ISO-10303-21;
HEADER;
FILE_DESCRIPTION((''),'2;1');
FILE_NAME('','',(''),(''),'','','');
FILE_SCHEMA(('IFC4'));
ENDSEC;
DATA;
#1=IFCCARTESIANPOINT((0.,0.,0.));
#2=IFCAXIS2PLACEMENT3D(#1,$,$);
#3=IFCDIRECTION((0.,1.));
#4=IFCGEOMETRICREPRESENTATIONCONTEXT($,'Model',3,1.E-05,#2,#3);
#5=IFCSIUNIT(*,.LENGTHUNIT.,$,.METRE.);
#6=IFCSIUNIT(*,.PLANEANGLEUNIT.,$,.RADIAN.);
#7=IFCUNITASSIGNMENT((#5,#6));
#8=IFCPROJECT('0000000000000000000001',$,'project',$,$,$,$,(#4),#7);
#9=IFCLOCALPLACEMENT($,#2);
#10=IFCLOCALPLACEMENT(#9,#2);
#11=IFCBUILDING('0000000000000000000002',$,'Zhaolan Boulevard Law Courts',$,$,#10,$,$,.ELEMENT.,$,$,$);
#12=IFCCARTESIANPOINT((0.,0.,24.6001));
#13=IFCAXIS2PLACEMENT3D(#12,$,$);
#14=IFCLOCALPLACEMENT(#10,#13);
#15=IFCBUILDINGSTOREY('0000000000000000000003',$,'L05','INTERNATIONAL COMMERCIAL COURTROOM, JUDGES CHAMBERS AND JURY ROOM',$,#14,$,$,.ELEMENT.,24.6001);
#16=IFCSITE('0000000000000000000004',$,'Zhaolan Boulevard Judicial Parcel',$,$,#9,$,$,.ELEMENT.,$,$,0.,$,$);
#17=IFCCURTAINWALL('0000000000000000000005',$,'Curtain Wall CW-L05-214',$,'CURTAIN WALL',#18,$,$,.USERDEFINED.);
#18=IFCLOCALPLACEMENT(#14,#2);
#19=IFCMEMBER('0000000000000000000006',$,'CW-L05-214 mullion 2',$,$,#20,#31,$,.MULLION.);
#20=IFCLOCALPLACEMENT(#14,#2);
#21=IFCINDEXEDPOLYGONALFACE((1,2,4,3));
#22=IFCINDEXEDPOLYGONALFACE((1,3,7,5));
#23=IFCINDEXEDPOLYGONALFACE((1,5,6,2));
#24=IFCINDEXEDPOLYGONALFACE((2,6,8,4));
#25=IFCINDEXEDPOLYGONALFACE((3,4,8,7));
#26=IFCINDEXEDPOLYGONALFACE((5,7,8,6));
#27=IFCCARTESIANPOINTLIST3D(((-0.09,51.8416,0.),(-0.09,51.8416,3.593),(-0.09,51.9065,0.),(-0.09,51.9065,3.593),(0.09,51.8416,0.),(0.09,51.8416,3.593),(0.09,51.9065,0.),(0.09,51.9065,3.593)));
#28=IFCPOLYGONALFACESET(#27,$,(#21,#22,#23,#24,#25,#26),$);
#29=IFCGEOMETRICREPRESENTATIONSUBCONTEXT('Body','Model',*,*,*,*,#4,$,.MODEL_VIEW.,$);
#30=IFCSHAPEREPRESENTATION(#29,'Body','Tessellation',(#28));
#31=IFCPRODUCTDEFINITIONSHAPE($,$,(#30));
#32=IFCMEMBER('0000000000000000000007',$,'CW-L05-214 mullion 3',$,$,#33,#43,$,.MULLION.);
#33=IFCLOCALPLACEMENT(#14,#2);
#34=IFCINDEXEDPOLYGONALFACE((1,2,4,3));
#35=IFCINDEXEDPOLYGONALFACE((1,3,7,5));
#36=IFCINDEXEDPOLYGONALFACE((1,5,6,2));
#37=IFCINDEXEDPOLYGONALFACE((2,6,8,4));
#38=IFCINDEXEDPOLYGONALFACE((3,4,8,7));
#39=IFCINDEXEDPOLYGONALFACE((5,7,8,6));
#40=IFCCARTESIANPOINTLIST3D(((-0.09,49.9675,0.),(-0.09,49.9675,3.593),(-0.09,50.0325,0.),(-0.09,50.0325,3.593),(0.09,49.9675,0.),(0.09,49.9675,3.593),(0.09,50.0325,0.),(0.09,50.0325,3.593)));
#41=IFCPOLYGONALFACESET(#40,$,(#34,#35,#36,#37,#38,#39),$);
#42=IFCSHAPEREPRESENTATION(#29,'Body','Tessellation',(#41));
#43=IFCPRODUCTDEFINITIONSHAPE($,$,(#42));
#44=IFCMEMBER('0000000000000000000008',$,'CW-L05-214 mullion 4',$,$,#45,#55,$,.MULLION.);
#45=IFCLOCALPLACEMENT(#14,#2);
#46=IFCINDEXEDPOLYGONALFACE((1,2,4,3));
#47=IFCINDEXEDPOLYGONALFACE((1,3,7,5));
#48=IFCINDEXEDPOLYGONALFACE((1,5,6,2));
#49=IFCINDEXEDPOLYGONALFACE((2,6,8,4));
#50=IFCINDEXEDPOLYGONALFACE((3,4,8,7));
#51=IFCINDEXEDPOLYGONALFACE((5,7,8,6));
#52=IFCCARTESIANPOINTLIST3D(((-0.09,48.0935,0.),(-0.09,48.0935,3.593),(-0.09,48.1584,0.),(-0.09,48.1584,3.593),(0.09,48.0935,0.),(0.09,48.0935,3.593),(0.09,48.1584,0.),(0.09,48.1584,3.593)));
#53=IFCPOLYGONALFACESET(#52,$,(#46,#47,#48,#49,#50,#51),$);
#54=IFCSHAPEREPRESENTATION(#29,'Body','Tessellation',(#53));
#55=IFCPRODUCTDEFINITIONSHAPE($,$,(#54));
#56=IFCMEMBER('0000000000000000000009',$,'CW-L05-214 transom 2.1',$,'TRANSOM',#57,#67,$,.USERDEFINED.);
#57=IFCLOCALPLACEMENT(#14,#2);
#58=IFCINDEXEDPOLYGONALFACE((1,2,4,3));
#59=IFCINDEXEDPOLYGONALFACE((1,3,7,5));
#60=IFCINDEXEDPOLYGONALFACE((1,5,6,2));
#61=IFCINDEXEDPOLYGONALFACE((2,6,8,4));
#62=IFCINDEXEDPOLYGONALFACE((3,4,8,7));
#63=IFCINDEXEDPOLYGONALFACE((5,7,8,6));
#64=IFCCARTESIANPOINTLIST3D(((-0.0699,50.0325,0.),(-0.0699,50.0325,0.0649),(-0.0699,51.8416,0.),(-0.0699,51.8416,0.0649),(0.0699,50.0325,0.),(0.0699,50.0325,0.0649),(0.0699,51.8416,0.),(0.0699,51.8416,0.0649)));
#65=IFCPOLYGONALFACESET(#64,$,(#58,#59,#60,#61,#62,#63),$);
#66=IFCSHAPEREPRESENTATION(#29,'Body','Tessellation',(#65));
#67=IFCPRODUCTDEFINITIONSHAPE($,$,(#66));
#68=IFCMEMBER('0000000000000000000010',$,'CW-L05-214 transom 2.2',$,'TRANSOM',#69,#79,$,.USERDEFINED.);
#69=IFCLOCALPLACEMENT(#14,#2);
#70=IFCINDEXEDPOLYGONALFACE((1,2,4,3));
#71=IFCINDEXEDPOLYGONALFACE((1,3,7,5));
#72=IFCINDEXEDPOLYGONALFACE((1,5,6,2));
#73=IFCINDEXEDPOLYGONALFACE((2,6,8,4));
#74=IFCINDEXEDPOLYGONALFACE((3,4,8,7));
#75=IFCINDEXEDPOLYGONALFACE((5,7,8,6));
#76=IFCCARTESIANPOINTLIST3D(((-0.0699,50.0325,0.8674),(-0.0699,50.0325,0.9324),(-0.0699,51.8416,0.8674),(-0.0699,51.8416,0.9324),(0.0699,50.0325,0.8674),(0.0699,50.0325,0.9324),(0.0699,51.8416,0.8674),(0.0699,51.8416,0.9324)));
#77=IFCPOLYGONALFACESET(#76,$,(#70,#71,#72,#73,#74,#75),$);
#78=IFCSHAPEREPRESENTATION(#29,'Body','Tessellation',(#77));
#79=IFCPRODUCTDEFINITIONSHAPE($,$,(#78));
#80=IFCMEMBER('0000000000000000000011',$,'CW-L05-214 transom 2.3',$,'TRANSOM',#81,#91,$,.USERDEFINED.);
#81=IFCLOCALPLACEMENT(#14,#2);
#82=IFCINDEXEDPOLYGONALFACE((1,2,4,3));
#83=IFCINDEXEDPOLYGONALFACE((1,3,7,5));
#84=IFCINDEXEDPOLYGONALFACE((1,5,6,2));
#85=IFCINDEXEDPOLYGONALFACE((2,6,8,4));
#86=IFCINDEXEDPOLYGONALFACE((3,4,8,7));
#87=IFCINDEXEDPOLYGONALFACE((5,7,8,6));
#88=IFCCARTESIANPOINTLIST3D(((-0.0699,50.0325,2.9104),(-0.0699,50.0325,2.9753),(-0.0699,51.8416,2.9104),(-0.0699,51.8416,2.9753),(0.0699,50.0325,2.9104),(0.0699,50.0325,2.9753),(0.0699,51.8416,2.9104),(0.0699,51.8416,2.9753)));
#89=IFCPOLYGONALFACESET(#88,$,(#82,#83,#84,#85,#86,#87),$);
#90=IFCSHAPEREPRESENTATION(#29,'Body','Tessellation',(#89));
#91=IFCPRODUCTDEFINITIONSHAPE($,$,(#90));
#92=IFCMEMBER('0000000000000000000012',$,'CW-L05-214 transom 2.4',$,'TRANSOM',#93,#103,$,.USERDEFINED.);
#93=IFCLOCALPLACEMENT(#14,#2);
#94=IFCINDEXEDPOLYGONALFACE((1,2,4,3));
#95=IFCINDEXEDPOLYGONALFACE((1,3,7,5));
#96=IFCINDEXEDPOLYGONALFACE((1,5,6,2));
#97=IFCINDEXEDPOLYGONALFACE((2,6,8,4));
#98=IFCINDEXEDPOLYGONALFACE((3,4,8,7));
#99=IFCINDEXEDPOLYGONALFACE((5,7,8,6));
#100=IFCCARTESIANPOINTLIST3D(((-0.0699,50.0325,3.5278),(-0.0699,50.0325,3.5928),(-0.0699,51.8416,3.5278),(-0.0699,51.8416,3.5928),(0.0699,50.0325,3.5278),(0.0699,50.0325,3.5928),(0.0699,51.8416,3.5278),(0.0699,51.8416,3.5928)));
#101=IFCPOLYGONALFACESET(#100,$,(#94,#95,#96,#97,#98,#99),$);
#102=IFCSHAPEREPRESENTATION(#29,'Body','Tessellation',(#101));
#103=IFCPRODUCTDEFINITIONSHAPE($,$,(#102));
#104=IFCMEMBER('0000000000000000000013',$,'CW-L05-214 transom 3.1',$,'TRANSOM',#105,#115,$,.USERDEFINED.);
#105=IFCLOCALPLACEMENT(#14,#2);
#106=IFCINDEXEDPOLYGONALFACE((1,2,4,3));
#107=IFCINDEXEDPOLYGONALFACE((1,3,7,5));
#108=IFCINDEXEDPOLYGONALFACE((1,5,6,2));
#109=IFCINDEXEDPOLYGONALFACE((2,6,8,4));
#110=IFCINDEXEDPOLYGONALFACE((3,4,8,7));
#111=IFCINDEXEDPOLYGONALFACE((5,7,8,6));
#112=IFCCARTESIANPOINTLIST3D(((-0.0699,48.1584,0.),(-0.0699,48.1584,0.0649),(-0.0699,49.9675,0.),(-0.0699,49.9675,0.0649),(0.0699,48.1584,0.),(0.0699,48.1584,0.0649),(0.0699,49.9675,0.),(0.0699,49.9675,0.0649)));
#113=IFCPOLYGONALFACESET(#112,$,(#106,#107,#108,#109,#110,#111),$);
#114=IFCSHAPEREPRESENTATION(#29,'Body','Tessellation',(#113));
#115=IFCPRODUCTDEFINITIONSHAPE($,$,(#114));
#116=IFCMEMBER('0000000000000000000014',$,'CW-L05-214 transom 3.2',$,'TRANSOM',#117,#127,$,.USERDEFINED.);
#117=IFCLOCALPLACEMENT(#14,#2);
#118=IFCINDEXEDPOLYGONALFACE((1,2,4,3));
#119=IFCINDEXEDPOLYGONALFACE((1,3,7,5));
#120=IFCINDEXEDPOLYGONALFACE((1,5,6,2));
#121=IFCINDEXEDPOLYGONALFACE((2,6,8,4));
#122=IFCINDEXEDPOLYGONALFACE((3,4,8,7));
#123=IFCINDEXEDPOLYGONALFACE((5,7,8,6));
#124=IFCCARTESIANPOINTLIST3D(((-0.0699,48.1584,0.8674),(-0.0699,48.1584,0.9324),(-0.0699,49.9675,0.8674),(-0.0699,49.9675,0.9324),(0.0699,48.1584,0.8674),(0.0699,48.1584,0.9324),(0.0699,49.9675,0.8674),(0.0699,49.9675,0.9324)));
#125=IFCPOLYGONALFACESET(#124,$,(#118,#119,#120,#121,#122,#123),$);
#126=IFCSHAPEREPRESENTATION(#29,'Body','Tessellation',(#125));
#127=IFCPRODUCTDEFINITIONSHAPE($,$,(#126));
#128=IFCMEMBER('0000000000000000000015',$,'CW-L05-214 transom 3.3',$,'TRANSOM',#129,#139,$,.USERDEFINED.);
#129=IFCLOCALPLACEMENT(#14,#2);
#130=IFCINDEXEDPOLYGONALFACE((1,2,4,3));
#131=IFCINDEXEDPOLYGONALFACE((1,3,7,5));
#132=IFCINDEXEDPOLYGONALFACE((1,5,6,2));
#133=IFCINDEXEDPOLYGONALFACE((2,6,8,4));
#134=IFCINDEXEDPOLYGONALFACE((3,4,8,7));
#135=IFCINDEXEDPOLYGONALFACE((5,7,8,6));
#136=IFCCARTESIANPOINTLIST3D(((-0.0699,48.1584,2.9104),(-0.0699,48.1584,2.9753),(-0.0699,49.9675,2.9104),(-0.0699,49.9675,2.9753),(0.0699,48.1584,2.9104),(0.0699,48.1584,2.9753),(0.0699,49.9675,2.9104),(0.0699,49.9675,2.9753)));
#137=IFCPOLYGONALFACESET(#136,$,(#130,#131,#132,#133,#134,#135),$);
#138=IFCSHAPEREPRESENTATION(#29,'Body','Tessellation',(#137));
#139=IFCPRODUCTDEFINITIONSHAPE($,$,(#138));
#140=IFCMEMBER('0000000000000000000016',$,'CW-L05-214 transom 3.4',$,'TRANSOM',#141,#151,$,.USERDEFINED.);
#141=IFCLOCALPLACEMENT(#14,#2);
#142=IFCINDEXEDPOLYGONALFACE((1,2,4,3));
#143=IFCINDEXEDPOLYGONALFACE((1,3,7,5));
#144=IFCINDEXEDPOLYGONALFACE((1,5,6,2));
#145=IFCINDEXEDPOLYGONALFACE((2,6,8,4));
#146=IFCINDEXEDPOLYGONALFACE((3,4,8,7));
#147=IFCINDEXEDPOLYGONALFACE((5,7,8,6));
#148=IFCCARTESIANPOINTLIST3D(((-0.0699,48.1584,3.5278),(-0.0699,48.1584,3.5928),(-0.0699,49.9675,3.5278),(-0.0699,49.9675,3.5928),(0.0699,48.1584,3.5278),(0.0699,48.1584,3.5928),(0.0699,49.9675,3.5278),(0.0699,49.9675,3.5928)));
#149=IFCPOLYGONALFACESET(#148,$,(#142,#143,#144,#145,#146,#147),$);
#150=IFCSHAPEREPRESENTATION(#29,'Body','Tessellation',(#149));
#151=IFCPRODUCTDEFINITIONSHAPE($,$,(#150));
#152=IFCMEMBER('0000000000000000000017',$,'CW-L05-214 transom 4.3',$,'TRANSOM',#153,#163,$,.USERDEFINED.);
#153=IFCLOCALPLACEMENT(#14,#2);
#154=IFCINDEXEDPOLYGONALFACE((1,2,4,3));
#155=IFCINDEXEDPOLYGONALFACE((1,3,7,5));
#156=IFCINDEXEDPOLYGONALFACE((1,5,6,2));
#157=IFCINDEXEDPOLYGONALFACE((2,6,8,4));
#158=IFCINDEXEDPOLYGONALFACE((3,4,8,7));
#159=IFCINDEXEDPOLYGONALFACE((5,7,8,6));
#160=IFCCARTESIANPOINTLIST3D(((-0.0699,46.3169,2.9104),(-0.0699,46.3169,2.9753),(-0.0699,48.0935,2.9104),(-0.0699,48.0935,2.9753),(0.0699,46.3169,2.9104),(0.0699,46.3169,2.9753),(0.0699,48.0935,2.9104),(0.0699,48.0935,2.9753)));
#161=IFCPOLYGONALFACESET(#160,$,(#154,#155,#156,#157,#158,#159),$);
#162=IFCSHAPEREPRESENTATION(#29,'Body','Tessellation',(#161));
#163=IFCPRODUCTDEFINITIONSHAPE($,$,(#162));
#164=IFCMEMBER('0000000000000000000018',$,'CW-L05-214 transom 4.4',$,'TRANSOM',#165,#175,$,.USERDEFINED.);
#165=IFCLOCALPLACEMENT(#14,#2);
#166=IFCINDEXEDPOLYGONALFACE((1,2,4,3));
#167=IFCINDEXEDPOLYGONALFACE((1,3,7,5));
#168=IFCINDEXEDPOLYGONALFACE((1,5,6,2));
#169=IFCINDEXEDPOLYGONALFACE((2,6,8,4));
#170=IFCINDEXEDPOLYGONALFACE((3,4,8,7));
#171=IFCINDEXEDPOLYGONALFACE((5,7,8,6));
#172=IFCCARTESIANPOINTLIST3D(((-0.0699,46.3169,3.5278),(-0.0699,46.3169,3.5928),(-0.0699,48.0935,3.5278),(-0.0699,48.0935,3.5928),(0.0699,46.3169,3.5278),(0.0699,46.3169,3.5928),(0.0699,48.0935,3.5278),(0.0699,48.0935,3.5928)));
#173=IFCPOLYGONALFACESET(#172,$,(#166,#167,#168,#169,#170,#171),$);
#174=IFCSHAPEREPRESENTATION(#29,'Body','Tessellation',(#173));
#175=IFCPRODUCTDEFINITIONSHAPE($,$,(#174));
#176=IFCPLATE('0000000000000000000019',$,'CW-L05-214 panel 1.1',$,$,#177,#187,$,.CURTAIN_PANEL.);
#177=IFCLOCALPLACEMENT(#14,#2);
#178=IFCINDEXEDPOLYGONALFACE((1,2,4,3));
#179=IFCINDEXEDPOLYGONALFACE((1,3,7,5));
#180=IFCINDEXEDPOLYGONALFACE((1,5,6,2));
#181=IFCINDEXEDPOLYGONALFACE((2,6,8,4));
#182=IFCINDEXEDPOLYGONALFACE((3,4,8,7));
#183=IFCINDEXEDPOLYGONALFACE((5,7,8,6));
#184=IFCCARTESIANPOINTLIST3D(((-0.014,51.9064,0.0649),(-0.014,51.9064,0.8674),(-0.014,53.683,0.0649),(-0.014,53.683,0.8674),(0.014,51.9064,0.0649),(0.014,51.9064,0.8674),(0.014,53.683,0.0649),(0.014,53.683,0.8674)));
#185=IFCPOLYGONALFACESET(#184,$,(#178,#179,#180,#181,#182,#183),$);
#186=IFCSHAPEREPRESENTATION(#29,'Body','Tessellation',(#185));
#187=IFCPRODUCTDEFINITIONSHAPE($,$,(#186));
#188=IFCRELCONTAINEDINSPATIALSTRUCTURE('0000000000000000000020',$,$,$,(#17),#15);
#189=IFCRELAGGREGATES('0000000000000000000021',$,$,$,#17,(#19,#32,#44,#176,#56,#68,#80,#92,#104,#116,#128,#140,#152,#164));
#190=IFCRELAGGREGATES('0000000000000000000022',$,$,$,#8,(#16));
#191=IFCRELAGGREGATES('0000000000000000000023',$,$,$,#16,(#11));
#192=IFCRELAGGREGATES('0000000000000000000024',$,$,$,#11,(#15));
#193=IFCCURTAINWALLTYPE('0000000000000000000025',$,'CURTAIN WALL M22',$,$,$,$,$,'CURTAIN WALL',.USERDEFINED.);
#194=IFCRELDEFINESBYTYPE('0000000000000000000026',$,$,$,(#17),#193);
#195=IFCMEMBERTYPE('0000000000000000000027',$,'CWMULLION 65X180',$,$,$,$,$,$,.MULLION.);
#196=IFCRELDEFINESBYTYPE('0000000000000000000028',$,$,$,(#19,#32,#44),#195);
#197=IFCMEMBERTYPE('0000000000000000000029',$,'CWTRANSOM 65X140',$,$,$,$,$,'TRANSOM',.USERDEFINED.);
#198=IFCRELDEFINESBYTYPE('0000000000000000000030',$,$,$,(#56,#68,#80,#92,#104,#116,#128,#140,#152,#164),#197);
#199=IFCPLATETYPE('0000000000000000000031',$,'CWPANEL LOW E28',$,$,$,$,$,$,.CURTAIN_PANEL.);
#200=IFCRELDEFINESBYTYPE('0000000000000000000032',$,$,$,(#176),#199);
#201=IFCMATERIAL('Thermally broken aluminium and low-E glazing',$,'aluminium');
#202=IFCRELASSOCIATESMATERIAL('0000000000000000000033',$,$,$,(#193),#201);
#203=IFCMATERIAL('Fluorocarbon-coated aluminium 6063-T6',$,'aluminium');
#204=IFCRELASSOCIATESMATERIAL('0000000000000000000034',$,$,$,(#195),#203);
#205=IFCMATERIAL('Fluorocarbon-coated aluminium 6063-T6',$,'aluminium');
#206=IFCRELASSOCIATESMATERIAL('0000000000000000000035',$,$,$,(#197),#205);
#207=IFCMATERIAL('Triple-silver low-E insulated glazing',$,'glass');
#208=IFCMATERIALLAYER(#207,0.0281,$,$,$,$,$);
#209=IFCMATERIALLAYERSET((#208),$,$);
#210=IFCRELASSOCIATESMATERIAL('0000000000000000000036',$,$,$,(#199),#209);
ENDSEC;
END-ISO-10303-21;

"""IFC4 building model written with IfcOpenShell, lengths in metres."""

from ifc_helpers import new_model, si_unit, direction, frame, origin, origin_2d, place, context, subcontext, project, spatial, rectangle, extrude, material, layer, layer_set, material_profile, profile_set, type_object, element, aggregate, save


model = new_model("IFC4")

# Units and contexts
model_context = context("Model", 3, precision=1e-05, world=origin(), true_north=direction((0.0, 1.0)))
body_context = subcontext(model_context, "Body", "Model", "MODEL_VIEW")
ifc_project = project(units=[si_unit("LENGTHUNIT", "METRE"), si_unit("PLANEANGLEUNIT", "RADIAN")], contexts=[model_context])

# Site, building, storey
site_placement = place(None, origin())
site = spatial("IfcSite", under=ifc_project, at=site_placement, Name="Zhaolan Boulevard Judicial Parcel", CompositionType="ELEMENT", RefElevation=0.0)
building_placement = place(site_placement, origin())
building = spatial("IfcBuilding", under=site, at=building_placement, Name="Zhaolan Boulevard Law Courts", CompositionType="ELEMENT")
storey_placement = place(building_placement, frame((0.0, 0.0, 24.6001)))
storey = spatial("IfcBuildingStorey", under=building, at=storey_placement, Name="L05", Description="INTERNATIONAL COMMERCIAL COURTROOM, JUDGES CHAMBERS AND JURY ROOM", CompositionType="ELEMENT", Elevation=24.6001)

# Curtain wall, members, plate
ifc_material_1 = material(Name="Thermally broken aluminium and low-E glazing", Category="aluminium")
curtain_wall_type = type_object("IfcCurtainWallType", Name="CURTAIN WALL M22", ElementType="CURTAIN WALL", PredefinedType="USERDEFINED", material=ifc_material_1)
curtain_wall_placement = place(storey_placement, origin())
curtain_wall = element("IfcCurtainWall", 1, at=curtain_wall_placement, inside=storey, type_object=curtain_wall_type, Name="Curtain Wall CW-L05-214", ObjectType="CURTAIN WALL", PredefinedType="USERDEFINED")
ifc_material_2 = material(Name="Fluorocarbon-coated aluminium 6063-T6", Category="aluminium")
ifc_material_profile_1 = material_profile(ifc_material_2, rectangle(XDim=0.1799, YDim=0.0649, at=origin_2d()), Name="AL65x180")
ifc_profile_set_1 = profile_set([ifc_material_profile_1], Name="Fluorocarbon-coated aluminium 6063-T6")
member_type_1 = type_object("IfcMemberType", Name="CWMULLION 65X180", PredefinedType="MULLION", material=ifc_profile_set_1)
member_1_placement = place(storey_placement, frame((0.0, 51.874, 0.0), z_axis=(0.0, 0.0, 1.0), x_axis=(1.0, 0.0, 0.0)))
member_1 = element("IfcMember", 2, at=member_1_placement, type_object=member_type_1, Name="CW-L05-214 mullion 2", PredefinedType="MULLION", context=body_context, shape_type="SweptSolid", body=[
    extrude(rectangle(XDim=0.1799, YDim=0.0649, at=origin_2d()), origin(), (0.0, 0.0, 1.0), 3.593),
])
member_2_placement = place(storey_placement, frame((0.0, 50.0, 0.0), z_axis=(0.0, 0.0, 1.0), x_axis=(1.0, 0.0, 0.0)))
member_2 = element("IfcMember", 3, at=member_2_placement, type_object=member_type_1, Name="CW-L05-214 mullion 3", PredefinedType="MULLION", context=body_context, shape_type="SweptSolid", body=[
    extrude(rectangle(XDim=0.1799, YDim=0.0649, at=origin_2d()), origin(), (0.0, 0.0, 1.0), 3.593),
])
member_3_placement = place(storey_placement, frame((0.0, 48.126, 0.0), z_axis=(0.0, 0.0, 1.0), x_axis=(1.0, 0.0, 0.0)))
member_3 = element("IfcMember", 4, at=member_3_placement, type_object=member_type_1, Name="CW-L05-214 mullion 4", PredefinedType="MULLION", context=body_context, shape_type="SweptSolid", body=[
    extrude(rectangle(XDim=0.1799, YDim=0.0649, at=origin_2d()), origin(), (0.0, 0.0, 1.0), 3.593),
])
ifc_material_3 = material(Name="Fluorocarbon-coated aluminium 6063-T6", Category="aluminium")
ifc_material_profile_2 = material_profile(ifc_material_3, rectangle(XDim=0.1399, YDim=0.0649, at=origin_2d()), Name="AL65x140")
ifc_profile_set_2 = profile_set([ifc_material_profile_2], Name="Fluorocarbon-coated aluminium 6063-T6")
member_type_2 = type_object("IfcMemberType", Name="CWTRANSOM 65X140", ElementType="TRANSOM", PredefinedType="USERDEFINED", material=ifc_profile_set_2)
member_4_placement = place(storey_placement, frame((0.0, 51.8416, 0.0325), z_axis=(0.0, -1.0, 0.0), x_axis=(1.0, 0.0, 0.0)))
member_4 = element("IfcMember", 5, at=member_4_placement, type_object=member_type_2, Name="CW-L05-214 transom 2.1", ObjectType="TRANSOM", PredefinedType="USERDEFINED", context=body_context, shape_type="SweptSolid", body=[
    extrude(rectangle(XDim=0.1399, YDim=0.0649, at=origin_2d()), origin(), (0.0, 0.0, 1.0), 1.8091),
])
member_5_placement = place(storey_placement, frame((0.0, 51.8416, 0.8999), z_axis=(0.0, -1.0, 0.0), x_axis=(1.0, 0.0, 0.0)))
member_5 = element("IfcMember", 6, at=member_5_placement, type_object=member_type_2, Name="CW-L05-214 transom 2.2", ObjectType="TRANSOM", PredefinedType="USERDEFINED", context=body_context, shape_type="SweptSolid", body=[
    extrude(rectangle(XDim=0.1399, YDim=0.0649, at=origin_2d()), origin(), (0.0, 0.0, 1.0), 1.8091),
])
member_6_placement = place(storey_placement, frame((0.0, 51.8416, 2.9429), z_axis=(0.0, -1.0, 0.0), x_axis=(1.0, 0.0, 0.0)))
member_6 = element("IfcMember", 7, at=member_6_placement, type_object=member_type_2, Name="CW-L05-214 transom 2.3", ObjectType="TRANSOM", PredefinedType="USERDEFINED", context=body_context, shape_type="SweptSolid", body=[
    extrude(rectangle(XDim=0.1399, YDim=0.0649, at=origin_2d()), origin(), (0.0, 0.0, 1.0), 1.8091),
])
member_7_placement = place(storey_placement, frame((0.0, 51.8416, 3.5603), z_axis=(0.0, -1.0, 0.0), x_axis=(1.0, 0.0, 0.0)))
member_7 = element("IfcMember", 8, at=member_7_placement, type_object=member_type_2, Name="CW-L05-214 transom 2.4", ObjectType="TRANSOM", PredefinedType="USERDEFINED", context=body_context, shape_type="SweptSolid", body=[
    extrude(rectangle(XDim=0.1399, YDim=0.0649, at=origin_2d()), origin(), (0.0, 0.0, 1.0), 1.8091),
])
member_8_placement = place(storey_placement, frame((0.0, 49.9675, 0.0325), z_axis=(0.0, -1.0, 0.0), x_axis=(1.0, 0.0, 0.0)))
member_8 = element("IfcMember", 9, at=member_8_placement, type_object=member_type_2, Name="CW-L05-214 transom 3.1", ObjectType="TRANSOM", PredefinedType="USERDEFINED", context=body_context, shape_type="SweptSolid", body=[
    extrude(rectangle(XDim=0.1399, YDim=0.0649, at=origin_2d()), origin(), (0.0, 0.0, 1.0), 1.8091),
])
member_9_placement = place(storey_placement, frame((0.0, 49.9675, 0.8999), z_axis=(0.0, -1.0, 0.0), x_axis=(1.0, 0.0, 0.0)))
member_9 = element("IfcMember", 10, at=member_9_placement, type_object=member_type_2, Name="CW-L05-214 transom 3.2", ObjectType="TRANSOM", PredefinedType="USERDEFINED", context=body_context, shape_type="SweptSolid", body=[
    extrude(rectangle(XDim=0.1399, YDim=0.0649, at=origin_2d()), origin(), (0.0, 0.0, 1.0), 1.8091),
])
member_10_placement = place(storey_placement, frame((0.0, 49.9675, 2.9429), z_axis=(0.0, -1.0, 0.0), x_axis=(1.0, 0.0, 0.0)))
member_10 = element("IfcMember", 11, at=member_10_placement, type_object=member_type_2, Name="CW-L05-214 transom 3.3", ObjectType="TRANSOM", PredefinedType="USERDEFINED", context=body_context, shape_type="SweptSolid", body=[
    extrude(rectangle(XDim=0.1399, YDim=0.0649, at=origin_2d()), origin(), (0.0, 0.0, 1.0), 1.8091),
])
member_11_placement = place(storey_placement, frame((0.0, 49.9675, 3.5603), z_axis=(0.0, -1.0, 0.0), x_axis=(1.0, 0.0, 0.0)))
member_11 = element("IfcMember", 12, at=member_11_placement, type_object=member_type_2, Name="CW-L05-214 transom 3.4", ObjectType="TRANSOM", PredefinedType="USERDEFINED", context=body_context, shape_type="SweptSolid", body=[
    extrude(rectangle(XDim=0.1399, YDim=0.0649, at=origin_2d()), origin(), (0.0, 0.0, 1.0), 1.8091),
])
member_12_placement = place(storey_placement, frame((0.0, 48.0935, 2.9429), z_axis=(0.0, -1.0, 0.0), x_axis=(1.0, 0.0, 0.0)))
member_12 = element("IfcMember", 13, at=member_12_placement, type_object=member_type_2, Name="CW-L05-214 transom 4.3", ObjectType="TRANSOM", PredefinedType="USERDEFINED", context=body_context, shape_type="SweptSolid", body=[
    extrude(rectangle(XDim=0.1399, YDim=0.0649, at=origin_2d()), origin(), (0.0, 0.0, 1.0), 1.7766),
])
member_13_placement = place(storey_placement, frame((0.0, 48.0935, 3.5603), z_axis=(0.0, -1.0, 0.0), x_axis=(1.0, 0.0, 0.0)))
member_13 = element("IfcMember", 14, at=member_13_placement, type_object=member_type_2, Name="CW-L05-214 transom 4.4", ObjectType="TRANSOM", PredefinedType="USERDEFINED", context=body_context, shape_type="SweptSolid", body=[
    extrude(rectangle(XDim=0.1399, YDim=0.0649, at=origin_2d()), origin(), (0.0, 0.0, 1.0), 1.7766),
])
ifc_material_4 = material(Name="Triple-silver low-E insulated glazing", Category="glass")
ifc_layer_1 = layer(ifc_material_4, 0.0281)
ifc_layer_set_1 = layer_set([ifc_layer_1])
plate_type = type_object("IfcPlateType", Name="CWPANEL LOW E28", PredefinedType="CURTAIN_PANEL", material=ifc_layer_set_1)
plate_1_placement = place(storey_placement, frame((0.0, 52.7947, 0.0649), z_axis=(0.0, 0.0, 1.0), x_axis=(0.0, -1.0, 0.0)))
plate_1 = element("IfcPlate", 15, at=plate_1_placement, type_object=plate_type, Name="CW-L05-214 panel 1.1", PredefinedType="CURTAIN_PANEL", context=body_context, shape_type="SweptSolid", body=[
    extrude(rectangle(XDim=1.7766, YDim=0.0281, at=origin_2d()), origin(), (0.0, 0.0, 1.0), 0.8025),
])
aggregate(curtain_wall, [member_1, member_2, member_3, plate_1, member_4, member_5, member_6, member_7, member_8, member_9, member_10, member_11, member_12, member_13])

save(model, "model.ifc")
